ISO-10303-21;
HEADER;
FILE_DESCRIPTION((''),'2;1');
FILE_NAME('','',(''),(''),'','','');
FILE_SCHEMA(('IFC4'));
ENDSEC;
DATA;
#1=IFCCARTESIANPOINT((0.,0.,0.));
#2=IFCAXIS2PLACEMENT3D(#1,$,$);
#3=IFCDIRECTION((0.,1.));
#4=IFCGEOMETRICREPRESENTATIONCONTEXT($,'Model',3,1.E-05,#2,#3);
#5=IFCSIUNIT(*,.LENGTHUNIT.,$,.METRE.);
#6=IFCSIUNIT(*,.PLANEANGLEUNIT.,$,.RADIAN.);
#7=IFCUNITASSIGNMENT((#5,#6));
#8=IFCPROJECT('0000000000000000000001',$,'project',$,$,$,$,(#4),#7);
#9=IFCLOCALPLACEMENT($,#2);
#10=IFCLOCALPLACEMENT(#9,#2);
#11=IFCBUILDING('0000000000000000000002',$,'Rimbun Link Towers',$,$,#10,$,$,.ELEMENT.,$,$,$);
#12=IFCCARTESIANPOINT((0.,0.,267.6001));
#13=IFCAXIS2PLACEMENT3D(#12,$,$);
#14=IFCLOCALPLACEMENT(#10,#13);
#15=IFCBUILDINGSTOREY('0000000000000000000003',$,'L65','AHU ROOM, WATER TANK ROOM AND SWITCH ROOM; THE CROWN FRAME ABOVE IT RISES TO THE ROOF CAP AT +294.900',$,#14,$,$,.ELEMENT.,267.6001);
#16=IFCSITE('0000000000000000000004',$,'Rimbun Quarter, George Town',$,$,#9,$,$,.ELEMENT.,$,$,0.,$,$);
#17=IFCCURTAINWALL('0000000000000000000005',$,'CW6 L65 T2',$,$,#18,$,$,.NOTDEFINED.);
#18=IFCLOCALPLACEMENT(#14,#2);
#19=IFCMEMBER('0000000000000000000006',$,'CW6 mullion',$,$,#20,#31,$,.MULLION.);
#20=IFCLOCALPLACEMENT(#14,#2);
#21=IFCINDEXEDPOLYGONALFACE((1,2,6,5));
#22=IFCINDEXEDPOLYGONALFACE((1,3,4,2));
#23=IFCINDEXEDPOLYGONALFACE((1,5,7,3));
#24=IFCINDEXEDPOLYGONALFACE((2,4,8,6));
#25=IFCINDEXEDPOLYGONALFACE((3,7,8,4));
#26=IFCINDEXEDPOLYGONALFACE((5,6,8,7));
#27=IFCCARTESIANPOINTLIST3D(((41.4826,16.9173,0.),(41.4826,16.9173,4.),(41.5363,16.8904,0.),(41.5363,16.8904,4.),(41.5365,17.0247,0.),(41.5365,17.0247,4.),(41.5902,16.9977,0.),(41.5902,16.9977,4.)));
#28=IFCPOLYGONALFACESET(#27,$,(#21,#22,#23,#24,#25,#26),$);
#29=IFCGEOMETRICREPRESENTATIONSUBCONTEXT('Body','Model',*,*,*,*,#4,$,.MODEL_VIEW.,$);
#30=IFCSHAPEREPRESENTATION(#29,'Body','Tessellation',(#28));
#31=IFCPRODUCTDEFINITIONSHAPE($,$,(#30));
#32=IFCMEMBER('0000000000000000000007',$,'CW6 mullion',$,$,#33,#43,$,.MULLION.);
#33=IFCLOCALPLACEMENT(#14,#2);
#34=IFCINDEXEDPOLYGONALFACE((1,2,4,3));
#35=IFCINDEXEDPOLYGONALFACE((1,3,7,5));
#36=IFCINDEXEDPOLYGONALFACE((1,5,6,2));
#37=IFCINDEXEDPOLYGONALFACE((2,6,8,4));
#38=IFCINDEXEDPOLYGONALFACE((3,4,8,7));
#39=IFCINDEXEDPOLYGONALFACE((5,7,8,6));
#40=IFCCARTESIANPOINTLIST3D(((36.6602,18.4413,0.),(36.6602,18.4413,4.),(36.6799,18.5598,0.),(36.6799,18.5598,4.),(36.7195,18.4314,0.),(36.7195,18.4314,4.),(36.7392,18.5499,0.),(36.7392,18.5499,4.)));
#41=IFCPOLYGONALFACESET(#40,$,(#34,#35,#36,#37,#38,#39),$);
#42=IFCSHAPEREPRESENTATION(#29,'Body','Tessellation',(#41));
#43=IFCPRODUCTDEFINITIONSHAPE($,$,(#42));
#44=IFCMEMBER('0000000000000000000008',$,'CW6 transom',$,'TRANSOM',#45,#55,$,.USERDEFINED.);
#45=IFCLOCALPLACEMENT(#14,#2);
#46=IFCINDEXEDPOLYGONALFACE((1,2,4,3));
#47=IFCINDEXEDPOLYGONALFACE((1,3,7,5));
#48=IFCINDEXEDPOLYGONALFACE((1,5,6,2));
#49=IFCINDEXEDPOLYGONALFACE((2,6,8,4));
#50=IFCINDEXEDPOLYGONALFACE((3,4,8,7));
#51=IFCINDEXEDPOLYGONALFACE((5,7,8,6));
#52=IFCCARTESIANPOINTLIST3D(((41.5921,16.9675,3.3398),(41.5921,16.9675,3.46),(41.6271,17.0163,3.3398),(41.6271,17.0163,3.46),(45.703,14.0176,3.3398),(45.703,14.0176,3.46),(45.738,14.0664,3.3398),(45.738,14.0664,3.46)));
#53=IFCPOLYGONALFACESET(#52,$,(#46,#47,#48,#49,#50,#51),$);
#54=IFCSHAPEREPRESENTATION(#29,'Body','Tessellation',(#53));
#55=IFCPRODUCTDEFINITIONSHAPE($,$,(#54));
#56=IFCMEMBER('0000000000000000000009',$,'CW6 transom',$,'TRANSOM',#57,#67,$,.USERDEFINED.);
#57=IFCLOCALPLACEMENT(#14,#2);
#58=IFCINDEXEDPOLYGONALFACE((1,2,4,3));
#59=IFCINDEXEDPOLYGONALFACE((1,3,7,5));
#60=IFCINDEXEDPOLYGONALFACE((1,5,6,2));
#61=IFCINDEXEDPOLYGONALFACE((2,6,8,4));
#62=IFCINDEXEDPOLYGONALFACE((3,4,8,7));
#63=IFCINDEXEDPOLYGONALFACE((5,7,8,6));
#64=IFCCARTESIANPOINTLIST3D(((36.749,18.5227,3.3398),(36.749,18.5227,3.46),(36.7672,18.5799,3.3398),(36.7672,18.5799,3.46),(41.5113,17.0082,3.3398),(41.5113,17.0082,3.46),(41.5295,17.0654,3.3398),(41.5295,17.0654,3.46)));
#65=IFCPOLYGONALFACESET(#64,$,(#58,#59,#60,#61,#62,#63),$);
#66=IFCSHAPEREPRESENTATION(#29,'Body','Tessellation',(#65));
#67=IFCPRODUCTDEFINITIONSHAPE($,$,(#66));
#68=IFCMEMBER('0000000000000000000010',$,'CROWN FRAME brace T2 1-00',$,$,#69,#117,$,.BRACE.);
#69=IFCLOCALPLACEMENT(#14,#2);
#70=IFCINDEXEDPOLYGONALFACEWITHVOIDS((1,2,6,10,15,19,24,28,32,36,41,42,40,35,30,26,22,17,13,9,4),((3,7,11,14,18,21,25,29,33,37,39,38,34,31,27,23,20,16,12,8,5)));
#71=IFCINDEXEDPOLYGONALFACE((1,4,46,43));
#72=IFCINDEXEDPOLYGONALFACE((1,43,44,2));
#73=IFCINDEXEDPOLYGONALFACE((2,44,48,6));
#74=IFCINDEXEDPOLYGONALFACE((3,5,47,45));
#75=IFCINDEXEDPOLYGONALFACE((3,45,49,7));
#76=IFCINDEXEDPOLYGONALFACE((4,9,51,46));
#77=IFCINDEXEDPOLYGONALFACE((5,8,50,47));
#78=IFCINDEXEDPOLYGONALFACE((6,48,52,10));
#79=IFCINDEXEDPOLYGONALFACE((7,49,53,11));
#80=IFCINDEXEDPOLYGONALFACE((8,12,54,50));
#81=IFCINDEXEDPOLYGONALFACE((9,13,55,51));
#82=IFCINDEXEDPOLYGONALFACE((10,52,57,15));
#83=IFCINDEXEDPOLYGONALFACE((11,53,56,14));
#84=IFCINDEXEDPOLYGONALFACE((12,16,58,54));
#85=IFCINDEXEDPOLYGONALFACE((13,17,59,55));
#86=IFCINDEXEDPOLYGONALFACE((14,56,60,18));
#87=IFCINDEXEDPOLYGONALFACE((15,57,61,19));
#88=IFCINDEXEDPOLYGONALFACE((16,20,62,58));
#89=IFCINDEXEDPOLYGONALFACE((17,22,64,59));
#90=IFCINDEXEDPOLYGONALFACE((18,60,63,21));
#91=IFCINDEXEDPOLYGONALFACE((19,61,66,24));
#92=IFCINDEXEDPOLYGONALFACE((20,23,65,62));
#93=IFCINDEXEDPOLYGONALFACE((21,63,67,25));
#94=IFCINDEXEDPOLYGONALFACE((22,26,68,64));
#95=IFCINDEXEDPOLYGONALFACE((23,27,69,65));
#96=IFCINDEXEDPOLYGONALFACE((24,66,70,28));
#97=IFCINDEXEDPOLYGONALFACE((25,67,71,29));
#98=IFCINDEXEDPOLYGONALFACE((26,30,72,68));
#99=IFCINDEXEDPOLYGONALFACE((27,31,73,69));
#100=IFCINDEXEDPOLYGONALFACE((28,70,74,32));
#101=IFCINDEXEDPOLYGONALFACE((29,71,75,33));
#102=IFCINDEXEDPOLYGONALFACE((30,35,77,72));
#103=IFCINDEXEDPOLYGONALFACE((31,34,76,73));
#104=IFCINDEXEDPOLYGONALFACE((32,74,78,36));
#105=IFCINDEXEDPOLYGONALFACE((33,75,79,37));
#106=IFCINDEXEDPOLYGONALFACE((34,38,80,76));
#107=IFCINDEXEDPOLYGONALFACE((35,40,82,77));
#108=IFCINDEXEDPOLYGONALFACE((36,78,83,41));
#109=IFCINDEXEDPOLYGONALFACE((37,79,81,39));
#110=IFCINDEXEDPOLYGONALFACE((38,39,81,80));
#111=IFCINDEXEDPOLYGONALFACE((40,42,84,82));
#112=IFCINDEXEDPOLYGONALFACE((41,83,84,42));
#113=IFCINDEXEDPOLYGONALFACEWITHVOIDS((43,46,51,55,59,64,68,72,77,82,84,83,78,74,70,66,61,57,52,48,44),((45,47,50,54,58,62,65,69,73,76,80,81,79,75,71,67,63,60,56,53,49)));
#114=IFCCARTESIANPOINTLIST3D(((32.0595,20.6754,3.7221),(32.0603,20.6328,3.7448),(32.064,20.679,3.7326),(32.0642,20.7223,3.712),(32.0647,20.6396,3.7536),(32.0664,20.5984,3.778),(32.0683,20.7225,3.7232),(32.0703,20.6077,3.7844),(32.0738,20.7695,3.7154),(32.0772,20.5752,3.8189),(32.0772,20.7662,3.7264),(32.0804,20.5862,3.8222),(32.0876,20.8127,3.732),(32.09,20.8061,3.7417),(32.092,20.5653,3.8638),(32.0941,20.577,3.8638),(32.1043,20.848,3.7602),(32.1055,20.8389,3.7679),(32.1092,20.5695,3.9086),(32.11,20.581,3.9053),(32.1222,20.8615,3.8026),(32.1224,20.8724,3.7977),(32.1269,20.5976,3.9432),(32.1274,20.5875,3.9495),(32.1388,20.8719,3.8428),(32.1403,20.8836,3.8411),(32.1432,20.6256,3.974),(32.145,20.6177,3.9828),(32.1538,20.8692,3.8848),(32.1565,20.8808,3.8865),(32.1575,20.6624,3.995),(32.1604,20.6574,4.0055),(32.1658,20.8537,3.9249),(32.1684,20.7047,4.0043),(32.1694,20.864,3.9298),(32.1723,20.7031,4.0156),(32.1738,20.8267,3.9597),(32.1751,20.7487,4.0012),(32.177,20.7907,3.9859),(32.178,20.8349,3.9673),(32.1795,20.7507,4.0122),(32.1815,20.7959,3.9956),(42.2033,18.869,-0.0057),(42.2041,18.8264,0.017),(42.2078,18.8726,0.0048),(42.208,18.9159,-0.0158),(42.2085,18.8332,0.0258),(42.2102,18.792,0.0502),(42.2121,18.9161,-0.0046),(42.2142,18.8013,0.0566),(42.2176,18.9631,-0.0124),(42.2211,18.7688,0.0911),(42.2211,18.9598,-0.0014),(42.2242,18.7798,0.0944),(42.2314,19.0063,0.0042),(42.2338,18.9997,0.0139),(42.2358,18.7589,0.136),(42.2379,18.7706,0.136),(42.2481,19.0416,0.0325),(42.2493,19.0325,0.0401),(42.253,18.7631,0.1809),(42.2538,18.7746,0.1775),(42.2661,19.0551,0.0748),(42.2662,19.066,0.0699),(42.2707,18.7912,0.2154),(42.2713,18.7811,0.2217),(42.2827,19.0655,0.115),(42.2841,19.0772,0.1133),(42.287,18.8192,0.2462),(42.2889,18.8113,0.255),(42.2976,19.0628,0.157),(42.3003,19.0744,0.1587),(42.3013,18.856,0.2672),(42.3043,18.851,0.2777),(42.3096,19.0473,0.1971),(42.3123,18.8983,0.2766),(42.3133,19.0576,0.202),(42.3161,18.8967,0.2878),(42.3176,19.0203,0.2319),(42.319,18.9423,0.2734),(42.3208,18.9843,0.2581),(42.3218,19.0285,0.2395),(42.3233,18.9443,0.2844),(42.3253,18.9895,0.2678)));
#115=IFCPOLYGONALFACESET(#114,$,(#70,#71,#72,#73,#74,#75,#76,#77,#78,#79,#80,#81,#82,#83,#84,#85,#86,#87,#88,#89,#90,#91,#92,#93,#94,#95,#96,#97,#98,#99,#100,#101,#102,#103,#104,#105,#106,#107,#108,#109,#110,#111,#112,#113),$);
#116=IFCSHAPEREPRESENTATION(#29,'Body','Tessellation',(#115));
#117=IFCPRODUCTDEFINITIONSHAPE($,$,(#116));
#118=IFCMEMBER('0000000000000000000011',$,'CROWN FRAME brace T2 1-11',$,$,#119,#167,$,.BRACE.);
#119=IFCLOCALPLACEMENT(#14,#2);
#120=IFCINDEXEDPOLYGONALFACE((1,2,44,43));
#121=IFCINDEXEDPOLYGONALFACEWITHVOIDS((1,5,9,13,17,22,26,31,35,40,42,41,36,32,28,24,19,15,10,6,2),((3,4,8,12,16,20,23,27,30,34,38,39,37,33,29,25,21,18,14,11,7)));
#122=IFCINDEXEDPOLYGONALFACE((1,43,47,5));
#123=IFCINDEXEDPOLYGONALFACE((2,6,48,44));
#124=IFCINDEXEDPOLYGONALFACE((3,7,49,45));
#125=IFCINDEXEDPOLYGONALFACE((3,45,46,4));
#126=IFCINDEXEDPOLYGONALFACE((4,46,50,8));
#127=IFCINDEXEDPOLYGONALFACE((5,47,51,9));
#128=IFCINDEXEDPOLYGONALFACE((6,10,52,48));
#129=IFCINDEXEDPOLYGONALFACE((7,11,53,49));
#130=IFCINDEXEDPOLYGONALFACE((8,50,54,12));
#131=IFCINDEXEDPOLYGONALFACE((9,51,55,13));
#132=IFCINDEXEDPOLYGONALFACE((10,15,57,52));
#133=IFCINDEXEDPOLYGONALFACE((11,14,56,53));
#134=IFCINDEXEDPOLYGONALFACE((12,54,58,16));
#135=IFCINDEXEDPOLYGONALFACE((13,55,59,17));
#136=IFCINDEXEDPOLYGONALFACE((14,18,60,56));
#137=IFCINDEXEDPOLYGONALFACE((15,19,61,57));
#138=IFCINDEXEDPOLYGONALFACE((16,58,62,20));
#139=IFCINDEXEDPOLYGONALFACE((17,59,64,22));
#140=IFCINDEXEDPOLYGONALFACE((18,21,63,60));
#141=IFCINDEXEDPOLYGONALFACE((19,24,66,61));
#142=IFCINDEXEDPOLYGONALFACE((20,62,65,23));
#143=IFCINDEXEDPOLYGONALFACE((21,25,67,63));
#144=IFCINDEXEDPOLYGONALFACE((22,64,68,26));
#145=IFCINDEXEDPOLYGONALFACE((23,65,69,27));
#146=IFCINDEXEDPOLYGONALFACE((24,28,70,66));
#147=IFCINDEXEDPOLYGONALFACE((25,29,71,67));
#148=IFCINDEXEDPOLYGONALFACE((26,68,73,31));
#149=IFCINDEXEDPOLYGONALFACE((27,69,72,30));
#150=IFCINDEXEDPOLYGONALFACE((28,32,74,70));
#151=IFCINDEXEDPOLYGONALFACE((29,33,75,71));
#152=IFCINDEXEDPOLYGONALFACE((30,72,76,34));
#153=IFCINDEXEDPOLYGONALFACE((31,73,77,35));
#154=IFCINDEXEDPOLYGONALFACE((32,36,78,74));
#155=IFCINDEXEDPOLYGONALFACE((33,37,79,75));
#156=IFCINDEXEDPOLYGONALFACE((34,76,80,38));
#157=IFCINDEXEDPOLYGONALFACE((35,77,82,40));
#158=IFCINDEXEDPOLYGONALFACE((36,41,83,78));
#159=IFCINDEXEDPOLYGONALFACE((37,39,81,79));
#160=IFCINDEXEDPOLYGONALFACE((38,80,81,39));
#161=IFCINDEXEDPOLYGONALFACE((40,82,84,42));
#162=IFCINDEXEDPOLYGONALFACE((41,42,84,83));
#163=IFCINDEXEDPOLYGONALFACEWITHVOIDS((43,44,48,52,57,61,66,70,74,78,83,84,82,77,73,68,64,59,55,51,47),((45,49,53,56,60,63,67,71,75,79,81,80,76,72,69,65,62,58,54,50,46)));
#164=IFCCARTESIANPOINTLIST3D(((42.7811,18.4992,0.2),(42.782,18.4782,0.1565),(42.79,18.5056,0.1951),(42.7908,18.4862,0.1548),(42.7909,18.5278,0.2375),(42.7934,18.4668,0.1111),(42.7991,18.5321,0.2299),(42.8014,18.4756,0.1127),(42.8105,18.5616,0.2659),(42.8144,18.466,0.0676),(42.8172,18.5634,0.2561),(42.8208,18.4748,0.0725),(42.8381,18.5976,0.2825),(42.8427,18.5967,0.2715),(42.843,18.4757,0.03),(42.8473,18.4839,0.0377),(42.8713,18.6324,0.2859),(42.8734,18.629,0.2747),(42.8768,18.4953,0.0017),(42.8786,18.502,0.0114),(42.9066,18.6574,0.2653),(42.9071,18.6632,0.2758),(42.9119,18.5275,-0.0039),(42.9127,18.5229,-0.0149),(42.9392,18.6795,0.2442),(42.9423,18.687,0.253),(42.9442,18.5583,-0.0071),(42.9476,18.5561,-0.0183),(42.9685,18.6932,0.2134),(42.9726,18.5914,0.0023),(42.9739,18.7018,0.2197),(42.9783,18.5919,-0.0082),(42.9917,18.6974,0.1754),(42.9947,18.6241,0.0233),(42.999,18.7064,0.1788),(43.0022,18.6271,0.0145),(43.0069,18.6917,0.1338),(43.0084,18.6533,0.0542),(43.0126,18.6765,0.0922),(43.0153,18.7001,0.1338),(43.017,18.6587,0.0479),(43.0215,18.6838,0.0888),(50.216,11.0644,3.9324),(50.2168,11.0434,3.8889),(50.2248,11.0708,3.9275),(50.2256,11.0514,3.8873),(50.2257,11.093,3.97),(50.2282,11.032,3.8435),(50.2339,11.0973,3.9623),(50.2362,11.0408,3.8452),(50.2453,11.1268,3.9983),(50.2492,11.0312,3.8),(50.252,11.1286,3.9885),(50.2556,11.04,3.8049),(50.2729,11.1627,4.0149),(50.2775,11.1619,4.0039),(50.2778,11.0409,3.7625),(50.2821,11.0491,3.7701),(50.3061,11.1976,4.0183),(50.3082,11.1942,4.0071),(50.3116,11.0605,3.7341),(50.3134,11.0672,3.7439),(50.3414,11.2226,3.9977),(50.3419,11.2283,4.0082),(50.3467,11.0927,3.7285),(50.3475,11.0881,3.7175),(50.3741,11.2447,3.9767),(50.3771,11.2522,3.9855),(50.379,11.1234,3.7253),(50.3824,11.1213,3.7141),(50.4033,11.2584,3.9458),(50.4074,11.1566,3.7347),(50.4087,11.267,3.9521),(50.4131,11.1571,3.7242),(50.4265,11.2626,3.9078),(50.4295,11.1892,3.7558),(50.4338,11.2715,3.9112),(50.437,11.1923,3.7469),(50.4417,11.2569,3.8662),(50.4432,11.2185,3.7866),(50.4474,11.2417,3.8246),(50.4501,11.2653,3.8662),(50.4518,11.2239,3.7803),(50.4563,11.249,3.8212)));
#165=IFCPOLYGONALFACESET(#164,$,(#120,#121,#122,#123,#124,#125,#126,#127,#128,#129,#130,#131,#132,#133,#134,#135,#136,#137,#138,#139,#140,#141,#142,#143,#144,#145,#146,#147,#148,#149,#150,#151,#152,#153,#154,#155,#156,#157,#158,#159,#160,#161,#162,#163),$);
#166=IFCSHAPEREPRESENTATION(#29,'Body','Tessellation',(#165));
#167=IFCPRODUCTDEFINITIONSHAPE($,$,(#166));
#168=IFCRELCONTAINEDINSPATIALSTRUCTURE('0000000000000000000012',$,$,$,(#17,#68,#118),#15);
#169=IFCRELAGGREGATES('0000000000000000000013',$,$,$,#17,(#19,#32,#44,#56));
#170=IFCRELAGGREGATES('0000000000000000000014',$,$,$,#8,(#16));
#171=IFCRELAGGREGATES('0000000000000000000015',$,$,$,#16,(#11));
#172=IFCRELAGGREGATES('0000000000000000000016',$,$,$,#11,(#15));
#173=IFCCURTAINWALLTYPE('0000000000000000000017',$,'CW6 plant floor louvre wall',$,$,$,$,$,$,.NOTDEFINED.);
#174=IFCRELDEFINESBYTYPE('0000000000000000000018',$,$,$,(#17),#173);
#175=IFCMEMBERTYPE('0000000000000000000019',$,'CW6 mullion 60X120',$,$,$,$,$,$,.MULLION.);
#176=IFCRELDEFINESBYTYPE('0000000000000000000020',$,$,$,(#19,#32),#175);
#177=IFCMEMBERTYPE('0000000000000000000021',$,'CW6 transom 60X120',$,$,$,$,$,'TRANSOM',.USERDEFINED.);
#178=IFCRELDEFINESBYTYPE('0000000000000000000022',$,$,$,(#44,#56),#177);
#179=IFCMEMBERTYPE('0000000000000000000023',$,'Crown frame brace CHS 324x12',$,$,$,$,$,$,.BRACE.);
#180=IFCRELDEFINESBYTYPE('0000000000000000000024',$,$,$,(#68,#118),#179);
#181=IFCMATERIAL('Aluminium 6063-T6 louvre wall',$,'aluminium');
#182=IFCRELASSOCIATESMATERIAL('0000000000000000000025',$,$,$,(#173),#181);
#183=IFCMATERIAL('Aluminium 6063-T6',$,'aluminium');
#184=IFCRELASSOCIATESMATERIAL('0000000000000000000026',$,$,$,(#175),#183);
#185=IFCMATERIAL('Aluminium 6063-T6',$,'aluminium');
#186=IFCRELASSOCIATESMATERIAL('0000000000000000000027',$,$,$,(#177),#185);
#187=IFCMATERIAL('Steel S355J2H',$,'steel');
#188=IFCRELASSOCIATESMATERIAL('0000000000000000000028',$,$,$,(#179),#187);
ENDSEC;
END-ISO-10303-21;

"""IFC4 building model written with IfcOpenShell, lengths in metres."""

from ifc_helpers import new_model, si_unit, direction, frame, origin, origin_2d, place, context, subcontext, project, spatial, rectangle, hollow_circle, extrude, material, material_profile, profile_set, type_object, element, aggregate, save


model = new_model("IFC4")

# Units and contexts
model_context = context("Model", 3, precision=1e-05, world=origin(), true_north=direction((0.0, 1.0)))
body_context = subcontext(model_context, "Body", "Model", "MODEL_VIEW")
ifc_project = project(units=[si_unit("LENGTHUNIT", "METRE"), si_unit("PLANEANGLEUNIT", "RADIAN")], contexts=[model_context])

# Site, building, storey
site_placement = place(None, origin())
site = spatial("IfcSite", under=ifc_project, at=site_placement, Name="Rimbun Quarter, George Town", CompositionType="ELEMENT", RefElevation=0.0)
building_placement = place(site_placement, origin())
building = spatial("IfcBuilding", under=site, at=building_placement, Name="Rimbun Link Towers", CompositionType="ELEMENT")
storey_placement = place(building_placement, frame((0.0, 0.0, 267.6001)))
storey = spatial("IfcBuildingStorey", under=building, at=storey_placement, Name="L65", Description="AHU ROOM, WATER TANK ROOM AND SWITCH ROOM; THE CROWN FRAME ABOVE IT RISES TO THE ROOF CAP AT +294.900", CompositionType="ELEMENT", Elevation=267.6001)

# Curtain wall, members
ifc_material_1 = material(Name="Aluminium 6063-T6 louvre wall", Category="aluminium")
curtain_wall_type = type_object("IfcCurtainWallType", Name="CW6 plant floor louvre wall", PredefinedType="NOTDEFINED", material=ifc_material_1)
curtain_wall_placement = place(storey_placement, origin())
curtain_wall = element("IfcCurtainWall", 1, at=curtain_wall_placement, inside=storey, type_object=curtain_wall_type, Name="CW6 L65 T2", PredefinedType="NOTDEFINED")
ifc_material_2 = material(Name="Aluminium 6063-T6", Category="aluminium")
ifc_material_profile_1 = material_profile(ifc_material_2, rectangle(XDim=0.1201, YDim=0.0601, at=origin_2d()), Name="MULLION 60X120")
ifc_profile_set_1 = profile_set([ifc_material_profile_1], Name="Aluminium 6063-T6")
member_type_1 = type_object("IfcMemberType", Name="CW6 mullion 60X120", PredefinedType="MULLION", material=ifc_profile_set_1)
member_1_placement = place(storey_placement, frame((41.5364, 16.9575, 0.0), z_axis=(0.0, 0.0, 1.0), x_axis=(0.448563, 0.893751, 0.0)))
member_1 = element("IfcMember", 2, at=member_1_placement, type_object=member_type_1, Name="CW6 mullion", PredefinedType="MULLION", context=body_context, shape_type="SweptSolid", body=[
    extrude(rectangle(XDim=0.1201, YDim=0.0601, at=origin_2d()), origin(), (0.0, 0.0, 1.0), 4.0),
])
member_2_placement = place(storey_placement, frame((36.6997, 18.4956, 0.0), z_axis=(0.0, 0.0, 1.0), x_axis=(0.163741, 0.986503, 0.0)))
member_2 = element("IfcMember", 3, at=member_2_placement, type_object=member_type_1, Name="CW6 mullion", PredefinedType="MULLION", context=body_context, shape_type="SweptSolid", body=[
    extrude(rectangle(XDim=0.1201, YDim=0.0601, at=origin_2d()), origin(), (0.0, 0.0, 1.0), 4.0),
])
ifc_material_3 = material(Name="Aluminium 6063-T6", Category="aluminium")
ifc_material_profile_2 = material_profile(ifc_material_3, rectangle(XDim=0.0601, YDim=0.1201, at=origin_2d()), Name="TRANSOM 60X120")
ifc_profile_set_2 = profile_set([ifc_material_profile_2], Name="Aluminium 6063-T6")
member_type_2 = type_object("IfcMemberType", Name="CW6 transom 60X120", ElementType="TRANSOM", PredefinedType="USERDEFINED", material=ifc_profile_set_2)
member_3_placement = place(storey_placement, frame((41.6096, 16.9919, 3.3999), z_axis=(0.812457, -0.583021, 0.0), x_axis=(0.583021, 0.812457, 0.0)))
member_3 = element("IfcMember", 4, at=member_3_placement, type_object=member_type_2, Name="CW6 transom", ObjectType="TRANSOM", PredefinedType="USERDEFINED", context=body_context, shape_type="SweptSolid", body=[
    extrude(rectangle(XDim=0.0601, YDim=0.1201, at=origin_2d()), origin(), (0.0, 0.0, 1.0), 5.0598),
])
member_4_placement = place(storey_placement, frame((36.7581, 18.5513, 3.3999), z_axis=(0.952975, -0.30305, 0.0), x_axis=(0.30305, 0.952975, 0.0)))
member_4 = element("IfcMember", 5, at=member_4_placement, type_object=member_type_2, Name="CW6 transom", ObjectType="TRANSOM", PredefinedType="USERDEFINED", context=body_context, shape_type="SweptSolid", body=[
    extrude(rectangle(XDim=0.0601, YDim=0.1201, at=origin_2d()), origin(), (0.0, 0.0, 1.0), 4.9973),
])

# Members
ifc_material_4 = material(Name="Steel S355J2H", Category="steel")
ifc_material_profile_3 = material_profile(ifc_material_4, hollow_circle(Radius=0.1619, WallThickness=0.012, at=origin_2d()), Name="Crown frame brace CHS 324x12")
ifc_profile_set_3 = profile_set([ifc_material_profile_3], Name="Steel S355J2H")
member_type_3 = type_object("IfcMemberType", Name="Crown frame brace CHS 324x12", PredefinedType="BRACE", material=ifc_profile_set_3)
member_5_placement = place(storey_placement, frame((42.2642, 18.9182, 0.136), z_axis=(-0.925782, 0.164862, 0.340219), x_axis=(-0.175321, -0.984511, 0.0)))
element("IfcMember", 6, at=member_5_placement, inside=storey, type_object=member_type_3, Name="CROWN FRAME brace T2 1-00", PredefinedType="BRACE", context=body_context, shape_type="SweptSolid", body=[
    extrude(hollow_circle(Radius=0.1619, WallThickness=0.012, at=origin_2d()), origin(), (0.0, 0.0, 1.0), 10.957),
])
member_6_placement = place(storey_placement, frame((42.9009, 18.5857, 0.1338), z_axis=(0.666367, -0.666367, 0.334529), x_axis=(0.707107, 0.707107, 0.0)))
element("IfcMember", 7, at=member_6_placement, inside=storey, type_object=member_type_3, Name="CROWN FRAME brace T2 1-11", PredefinedType="BRACE", context=body_context, shape_type="SweptSolid", body=[
    extrude(hollow_circle(Radius=0.1619, WallThickness=0.012, at=origin_2d()), origin(), (0.0, 0.0, 1.0), 11.1572),
])

aggregate(curtain_wall, [member_1, member_2, member_3, member_4])

save(model, "model.ifc")
